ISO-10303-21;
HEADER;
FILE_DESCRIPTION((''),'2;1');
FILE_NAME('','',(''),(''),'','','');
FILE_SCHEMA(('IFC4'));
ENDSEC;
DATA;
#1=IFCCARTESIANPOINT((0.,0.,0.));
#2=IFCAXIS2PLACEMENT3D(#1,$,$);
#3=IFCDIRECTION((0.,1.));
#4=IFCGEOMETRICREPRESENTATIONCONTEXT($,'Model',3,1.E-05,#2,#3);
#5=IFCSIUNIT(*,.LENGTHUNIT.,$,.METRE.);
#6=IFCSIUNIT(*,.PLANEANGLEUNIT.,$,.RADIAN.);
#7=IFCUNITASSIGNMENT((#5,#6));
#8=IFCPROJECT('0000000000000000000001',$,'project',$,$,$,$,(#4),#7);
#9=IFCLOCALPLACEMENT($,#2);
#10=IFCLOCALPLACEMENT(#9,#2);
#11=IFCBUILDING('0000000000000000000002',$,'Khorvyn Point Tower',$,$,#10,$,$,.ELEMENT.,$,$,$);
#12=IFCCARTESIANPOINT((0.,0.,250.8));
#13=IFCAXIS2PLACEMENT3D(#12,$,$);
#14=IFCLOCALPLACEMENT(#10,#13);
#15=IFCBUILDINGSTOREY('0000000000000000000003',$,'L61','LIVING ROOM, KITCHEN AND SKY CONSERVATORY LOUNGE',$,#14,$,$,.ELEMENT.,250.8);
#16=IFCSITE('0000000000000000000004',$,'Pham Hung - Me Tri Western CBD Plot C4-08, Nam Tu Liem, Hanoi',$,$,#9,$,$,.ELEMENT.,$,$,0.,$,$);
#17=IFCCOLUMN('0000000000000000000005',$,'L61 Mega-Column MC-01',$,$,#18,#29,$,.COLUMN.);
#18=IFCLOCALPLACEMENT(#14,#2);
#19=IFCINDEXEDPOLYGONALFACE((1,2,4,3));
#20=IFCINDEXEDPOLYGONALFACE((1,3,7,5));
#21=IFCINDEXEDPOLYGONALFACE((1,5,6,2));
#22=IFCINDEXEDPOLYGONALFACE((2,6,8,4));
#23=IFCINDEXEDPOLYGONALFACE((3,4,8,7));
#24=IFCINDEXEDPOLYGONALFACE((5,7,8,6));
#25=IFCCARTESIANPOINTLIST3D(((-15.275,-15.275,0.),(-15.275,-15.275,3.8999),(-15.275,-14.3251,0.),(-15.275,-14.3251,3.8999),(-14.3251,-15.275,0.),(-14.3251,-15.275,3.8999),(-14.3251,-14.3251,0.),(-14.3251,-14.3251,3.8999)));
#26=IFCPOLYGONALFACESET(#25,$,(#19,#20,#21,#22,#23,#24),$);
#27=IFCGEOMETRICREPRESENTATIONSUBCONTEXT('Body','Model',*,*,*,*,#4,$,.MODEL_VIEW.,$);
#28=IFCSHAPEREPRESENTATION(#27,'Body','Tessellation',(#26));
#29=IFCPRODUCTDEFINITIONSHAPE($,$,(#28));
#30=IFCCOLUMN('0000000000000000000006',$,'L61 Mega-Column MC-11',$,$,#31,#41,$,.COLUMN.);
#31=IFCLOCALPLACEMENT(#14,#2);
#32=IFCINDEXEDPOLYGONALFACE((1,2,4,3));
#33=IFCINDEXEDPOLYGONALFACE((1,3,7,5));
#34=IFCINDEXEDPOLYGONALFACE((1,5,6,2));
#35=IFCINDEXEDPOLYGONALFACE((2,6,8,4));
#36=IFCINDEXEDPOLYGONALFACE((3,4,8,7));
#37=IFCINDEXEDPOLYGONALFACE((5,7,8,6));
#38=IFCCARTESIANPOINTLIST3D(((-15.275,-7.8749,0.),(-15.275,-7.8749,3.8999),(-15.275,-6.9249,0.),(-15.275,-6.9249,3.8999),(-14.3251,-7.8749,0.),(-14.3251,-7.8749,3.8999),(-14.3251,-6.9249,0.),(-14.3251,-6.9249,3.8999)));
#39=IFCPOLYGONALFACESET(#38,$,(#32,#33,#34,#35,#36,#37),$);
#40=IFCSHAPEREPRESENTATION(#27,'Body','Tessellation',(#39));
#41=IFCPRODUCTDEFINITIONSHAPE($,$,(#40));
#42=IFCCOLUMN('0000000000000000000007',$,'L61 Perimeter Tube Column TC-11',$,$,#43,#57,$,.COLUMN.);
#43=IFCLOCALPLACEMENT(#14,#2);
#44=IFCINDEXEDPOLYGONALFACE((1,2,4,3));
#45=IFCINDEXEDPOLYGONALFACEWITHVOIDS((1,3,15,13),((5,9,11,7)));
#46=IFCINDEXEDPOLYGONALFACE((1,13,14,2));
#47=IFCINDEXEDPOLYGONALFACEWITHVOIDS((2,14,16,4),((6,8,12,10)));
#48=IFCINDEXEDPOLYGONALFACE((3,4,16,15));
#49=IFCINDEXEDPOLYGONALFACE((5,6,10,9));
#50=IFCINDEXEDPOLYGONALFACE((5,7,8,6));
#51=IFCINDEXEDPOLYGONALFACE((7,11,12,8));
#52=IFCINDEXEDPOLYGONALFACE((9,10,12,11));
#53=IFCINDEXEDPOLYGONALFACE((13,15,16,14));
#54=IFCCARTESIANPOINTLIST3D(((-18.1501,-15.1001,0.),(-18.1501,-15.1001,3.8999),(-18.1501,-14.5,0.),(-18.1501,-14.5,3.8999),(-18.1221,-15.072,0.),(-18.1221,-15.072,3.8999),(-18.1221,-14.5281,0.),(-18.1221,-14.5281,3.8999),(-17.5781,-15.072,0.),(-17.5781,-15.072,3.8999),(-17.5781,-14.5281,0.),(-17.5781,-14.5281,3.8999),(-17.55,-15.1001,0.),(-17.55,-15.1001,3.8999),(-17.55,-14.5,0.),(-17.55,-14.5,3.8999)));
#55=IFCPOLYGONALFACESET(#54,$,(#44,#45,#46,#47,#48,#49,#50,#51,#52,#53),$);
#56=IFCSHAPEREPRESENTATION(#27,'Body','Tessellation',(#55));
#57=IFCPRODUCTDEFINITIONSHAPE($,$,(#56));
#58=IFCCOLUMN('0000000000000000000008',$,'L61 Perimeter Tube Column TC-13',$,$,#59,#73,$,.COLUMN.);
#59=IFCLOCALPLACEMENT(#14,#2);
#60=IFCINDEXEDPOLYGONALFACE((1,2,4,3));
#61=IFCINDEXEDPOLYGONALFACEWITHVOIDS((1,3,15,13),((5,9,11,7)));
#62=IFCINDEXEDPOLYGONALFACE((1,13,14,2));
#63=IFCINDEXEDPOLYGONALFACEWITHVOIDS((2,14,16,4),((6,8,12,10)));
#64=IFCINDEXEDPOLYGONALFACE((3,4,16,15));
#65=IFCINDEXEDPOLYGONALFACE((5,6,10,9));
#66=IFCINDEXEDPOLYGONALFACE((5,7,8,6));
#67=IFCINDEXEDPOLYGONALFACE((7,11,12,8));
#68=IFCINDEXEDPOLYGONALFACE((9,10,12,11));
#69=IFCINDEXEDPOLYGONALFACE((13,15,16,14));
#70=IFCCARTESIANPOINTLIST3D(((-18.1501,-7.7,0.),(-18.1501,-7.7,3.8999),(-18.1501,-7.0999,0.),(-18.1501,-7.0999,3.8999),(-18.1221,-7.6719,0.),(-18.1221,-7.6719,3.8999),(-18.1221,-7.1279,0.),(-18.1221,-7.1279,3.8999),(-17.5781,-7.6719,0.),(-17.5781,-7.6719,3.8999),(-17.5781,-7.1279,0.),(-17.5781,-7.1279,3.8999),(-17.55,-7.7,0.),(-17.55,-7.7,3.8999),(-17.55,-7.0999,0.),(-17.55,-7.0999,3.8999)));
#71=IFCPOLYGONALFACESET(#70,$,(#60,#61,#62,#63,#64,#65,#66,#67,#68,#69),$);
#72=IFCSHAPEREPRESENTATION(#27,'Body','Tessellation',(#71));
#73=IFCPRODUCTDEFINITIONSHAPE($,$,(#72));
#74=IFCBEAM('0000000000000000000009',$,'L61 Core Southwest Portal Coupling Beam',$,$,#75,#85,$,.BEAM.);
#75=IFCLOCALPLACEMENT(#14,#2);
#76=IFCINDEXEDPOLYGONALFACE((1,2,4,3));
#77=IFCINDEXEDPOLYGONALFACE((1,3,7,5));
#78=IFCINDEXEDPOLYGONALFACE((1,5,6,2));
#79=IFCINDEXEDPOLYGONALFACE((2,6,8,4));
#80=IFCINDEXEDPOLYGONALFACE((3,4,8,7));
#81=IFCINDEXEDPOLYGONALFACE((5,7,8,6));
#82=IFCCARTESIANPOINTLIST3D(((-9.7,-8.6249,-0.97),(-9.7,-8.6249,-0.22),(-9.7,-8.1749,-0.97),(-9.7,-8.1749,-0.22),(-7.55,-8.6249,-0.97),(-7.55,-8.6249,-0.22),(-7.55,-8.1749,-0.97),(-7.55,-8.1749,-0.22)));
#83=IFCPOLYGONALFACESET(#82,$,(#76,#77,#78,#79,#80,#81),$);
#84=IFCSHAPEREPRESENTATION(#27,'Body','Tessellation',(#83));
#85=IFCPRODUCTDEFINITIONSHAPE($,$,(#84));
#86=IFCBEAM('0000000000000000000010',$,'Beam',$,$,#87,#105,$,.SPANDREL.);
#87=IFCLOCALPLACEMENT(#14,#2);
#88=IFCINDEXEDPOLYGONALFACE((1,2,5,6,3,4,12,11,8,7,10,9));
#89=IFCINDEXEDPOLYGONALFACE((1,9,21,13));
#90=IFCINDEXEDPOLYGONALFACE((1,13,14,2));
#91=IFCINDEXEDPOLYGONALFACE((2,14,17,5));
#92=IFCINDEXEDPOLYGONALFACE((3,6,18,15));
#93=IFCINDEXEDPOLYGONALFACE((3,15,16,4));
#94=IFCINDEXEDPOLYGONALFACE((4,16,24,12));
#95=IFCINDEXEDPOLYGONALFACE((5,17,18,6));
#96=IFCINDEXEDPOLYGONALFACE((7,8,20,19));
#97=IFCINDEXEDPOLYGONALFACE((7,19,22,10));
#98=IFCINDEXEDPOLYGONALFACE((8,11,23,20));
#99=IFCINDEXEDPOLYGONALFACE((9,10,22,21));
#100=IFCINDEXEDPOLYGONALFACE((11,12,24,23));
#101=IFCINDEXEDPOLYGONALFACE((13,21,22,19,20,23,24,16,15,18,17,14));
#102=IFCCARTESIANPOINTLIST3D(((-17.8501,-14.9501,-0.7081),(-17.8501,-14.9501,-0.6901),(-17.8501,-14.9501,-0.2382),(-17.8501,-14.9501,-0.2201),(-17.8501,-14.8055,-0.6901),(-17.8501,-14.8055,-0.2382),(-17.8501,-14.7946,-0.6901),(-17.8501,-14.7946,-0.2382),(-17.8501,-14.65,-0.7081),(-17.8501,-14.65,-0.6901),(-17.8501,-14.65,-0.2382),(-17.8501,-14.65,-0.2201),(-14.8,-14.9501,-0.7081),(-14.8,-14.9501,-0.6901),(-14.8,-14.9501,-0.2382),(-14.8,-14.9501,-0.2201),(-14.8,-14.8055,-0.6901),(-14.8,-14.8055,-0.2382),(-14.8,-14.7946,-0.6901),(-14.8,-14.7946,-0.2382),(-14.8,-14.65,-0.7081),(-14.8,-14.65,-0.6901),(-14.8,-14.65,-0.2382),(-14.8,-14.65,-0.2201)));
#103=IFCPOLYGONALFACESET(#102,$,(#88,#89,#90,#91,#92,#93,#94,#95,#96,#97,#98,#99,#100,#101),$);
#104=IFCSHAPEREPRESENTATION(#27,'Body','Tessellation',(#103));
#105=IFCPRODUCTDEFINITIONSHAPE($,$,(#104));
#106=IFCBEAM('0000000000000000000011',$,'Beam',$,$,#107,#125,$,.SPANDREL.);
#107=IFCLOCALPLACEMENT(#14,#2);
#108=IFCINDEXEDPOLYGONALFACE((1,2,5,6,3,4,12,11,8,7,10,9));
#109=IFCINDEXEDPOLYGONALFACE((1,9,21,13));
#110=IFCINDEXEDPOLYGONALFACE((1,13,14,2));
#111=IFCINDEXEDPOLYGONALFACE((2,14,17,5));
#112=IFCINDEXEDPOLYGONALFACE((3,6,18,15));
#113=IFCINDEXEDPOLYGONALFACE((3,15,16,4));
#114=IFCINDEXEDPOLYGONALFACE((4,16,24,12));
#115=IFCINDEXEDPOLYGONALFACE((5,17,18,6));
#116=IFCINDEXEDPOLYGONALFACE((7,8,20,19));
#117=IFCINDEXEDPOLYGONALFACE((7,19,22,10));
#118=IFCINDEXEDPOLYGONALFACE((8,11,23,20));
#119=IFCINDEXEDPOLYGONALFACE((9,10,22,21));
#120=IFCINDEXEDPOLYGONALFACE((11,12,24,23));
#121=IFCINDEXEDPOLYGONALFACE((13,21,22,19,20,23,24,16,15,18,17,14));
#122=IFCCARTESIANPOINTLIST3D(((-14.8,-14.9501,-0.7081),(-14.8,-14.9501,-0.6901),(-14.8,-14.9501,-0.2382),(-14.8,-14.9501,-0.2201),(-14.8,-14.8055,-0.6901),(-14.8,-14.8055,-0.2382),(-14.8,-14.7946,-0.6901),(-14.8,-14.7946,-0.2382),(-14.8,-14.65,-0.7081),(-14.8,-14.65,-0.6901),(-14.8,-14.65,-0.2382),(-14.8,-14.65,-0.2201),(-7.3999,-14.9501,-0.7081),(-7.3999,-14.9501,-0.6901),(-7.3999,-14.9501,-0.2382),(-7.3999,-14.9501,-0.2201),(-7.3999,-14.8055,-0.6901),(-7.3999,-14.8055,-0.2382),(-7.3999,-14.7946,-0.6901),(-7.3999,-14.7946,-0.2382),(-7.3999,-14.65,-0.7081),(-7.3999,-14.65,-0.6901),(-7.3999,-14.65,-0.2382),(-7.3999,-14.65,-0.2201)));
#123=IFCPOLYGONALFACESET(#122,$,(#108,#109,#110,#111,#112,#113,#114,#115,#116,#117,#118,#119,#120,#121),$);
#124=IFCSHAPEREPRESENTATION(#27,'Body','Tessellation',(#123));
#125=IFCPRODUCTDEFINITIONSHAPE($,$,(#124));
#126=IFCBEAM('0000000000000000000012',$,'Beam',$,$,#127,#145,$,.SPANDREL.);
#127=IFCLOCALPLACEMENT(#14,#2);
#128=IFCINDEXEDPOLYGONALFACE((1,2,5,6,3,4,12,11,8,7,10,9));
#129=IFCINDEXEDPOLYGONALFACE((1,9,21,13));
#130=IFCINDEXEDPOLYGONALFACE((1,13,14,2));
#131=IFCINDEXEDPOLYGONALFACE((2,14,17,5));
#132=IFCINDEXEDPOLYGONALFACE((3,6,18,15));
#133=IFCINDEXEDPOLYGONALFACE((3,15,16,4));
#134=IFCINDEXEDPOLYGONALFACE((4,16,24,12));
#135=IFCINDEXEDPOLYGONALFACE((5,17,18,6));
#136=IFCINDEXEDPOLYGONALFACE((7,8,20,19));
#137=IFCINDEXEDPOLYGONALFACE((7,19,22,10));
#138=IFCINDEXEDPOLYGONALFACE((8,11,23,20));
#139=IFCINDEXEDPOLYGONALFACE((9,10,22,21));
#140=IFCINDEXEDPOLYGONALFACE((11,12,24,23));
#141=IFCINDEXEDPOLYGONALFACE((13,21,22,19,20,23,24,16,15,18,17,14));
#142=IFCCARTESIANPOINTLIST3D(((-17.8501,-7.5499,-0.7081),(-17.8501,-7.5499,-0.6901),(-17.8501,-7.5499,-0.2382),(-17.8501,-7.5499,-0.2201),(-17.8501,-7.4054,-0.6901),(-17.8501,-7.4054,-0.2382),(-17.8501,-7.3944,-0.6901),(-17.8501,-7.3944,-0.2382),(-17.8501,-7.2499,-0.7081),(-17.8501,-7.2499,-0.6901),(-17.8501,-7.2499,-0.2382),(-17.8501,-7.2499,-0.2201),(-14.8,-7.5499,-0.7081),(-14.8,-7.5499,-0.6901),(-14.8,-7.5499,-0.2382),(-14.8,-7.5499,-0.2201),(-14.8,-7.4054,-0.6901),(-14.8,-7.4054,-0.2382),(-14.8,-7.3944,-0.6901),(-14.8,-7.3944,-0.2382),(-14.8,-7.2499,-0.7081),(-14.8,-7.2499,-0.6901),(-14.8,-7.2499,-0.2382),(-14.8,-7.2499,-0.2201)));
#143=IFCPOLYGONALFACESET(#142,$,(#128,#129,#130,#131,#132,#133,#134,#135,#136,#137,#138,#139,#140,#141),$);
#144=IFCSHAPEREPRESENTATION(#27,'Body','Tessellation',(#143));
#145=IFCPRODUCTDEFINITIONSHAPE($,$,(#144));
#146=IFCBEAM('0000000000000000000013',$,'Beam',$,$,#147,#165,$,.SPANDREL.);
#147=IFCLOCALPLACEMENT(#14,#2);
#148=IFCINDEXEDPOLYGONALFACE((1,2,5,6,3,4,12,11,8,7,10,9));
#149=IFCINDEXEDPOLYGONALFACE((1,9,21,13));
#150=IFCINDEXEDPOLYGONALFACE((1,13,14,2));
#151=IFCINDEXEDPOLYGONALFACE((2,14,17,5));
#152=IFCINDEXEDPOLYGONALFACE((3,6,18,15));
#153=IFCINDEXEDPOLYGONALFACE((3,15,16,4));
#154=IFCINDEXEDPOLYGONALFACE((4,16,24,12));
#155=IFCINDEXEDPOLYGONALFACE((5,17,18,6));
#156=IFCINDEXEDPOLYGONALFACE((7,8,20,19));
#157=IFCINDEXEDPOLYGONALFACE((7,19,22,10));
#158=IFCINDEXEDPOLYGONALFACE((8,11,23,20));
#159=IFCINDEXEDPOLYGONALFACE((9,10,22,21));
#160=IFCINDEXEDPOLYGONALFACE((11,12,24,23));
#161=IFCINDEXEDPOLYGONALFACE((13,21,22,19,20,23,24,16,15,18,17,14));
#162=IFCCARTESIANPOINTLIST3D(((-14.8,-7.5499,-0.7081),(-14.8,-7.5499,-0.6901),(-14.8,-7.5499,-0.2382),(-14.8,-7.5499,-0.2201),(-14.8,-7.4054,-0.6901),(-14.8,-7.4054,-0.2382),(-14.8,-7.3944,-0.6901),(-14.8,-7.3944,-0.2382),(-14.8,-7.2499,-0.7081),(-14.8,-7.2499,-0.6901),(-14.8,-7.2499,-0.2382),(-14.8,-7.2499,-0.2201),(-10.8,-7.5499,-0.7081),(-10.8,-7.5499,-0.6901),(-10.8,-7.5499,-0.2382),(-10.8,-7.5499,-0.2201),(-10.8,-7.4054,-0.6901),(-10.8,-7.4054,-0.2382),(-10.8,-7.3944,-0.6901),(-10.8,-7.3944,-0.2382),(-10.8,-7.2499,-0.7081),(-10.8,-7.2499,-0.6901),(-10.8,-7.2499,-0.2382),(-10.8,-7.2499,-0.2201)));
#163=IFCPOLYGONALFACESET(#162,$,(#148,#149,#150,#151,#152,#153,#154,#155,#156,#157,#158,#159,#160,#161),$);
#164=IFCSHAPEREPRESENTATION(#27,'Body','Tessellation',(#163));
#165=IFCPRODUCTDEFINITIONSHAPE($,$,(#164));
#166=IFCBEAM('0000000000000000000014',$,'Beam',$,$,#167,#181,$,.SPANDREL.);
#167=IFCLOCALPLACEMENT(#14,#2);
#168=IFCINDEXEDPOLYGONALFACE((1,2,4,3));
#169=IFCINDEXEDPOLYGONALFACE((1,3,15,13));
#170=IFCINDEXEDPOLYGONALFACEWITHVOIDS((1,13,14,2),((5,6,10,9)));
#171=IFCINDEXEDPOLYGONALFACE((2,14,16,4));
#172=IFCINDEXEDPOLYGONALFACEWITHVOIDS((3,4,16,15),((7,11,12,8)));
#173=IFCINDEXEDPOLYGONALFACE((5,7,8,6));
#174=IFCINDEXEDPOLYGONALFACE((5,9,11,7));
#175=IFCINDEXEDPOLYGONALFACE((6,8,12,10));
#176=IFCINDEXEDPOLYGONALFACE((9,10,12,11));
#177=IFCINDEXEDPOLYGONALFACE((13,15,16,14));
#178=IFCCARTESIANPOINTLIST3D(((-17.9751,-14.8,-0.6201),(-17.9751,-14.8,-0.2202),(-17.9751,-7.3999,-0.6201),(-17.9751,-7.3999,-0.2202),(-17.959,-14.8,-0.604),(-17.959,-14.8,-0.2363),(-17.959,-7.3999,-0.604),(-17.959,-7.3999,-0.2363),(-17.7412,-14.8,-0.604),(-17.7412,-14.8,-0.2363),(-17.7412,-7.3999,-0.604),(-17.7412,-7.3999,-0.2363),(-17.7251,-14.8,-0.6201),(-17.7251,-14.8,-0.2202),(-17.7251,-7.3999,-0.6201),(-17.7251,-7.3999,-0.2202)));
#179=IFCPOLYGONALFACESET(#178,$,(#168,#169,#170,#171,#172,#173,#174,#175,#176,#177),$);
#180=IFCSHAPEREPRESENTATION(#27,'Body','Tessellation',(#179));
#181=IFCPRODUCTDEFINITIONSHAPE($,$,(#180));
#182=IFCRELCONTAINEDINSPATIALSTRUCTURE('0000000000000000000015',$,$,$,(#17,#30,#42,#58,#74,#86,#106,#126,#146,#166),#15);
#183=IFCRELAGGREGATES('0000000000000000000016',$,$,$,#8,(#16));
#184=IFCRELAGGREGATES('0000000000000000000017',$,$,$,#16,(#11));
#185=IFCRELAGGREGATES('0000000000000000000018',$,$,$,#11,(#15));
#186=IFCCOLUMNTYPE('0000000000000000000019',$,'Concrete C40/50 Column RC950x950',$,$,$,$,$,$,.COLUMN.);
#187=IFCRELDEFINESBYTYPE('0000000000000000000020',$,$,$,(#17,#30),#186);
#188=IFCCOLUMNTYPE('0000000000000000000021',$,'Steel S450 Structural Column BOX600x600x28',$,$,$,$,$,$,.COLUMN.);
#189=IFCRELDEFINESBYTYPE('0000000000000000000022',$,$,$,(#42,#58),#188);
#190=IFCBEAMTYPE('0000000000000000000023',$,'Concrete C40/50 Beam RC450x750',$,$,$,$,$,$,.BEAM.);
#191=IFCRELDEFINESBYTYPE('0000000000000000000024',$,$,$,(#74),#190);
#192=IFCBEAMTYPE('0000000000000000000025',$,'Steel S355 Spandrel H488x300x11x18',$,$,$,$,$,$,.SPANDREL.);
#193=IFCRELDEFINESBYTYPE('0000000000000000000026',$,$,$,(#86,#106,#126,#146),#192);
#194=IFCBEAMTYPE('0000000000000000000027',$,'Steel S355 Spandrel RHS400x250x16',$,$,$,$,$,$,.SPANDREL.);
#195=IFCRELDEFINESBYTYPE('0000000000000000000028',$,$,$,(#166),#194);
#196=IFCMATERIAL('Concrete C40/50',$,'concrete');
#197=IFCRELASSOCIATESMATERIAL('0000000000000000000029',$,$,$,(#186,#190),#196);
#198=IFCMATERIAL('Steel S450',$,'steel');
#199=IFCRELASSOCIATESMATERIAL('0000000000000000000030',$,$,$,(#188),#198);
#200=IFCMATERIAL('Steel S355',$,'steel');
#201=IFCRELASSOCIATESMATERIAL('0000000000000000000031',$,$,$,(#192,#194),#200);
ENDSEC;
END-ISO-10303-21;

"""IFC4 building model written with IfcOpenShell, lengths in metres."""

from ifc_helpers import new_model, si_unit, direction, frame, origin, origin_2d, place, context, subcontext, project, spatial, rectangle, hollow_rectangle, i_section, extrude, material, material_profile, profile_set, type_object, element, save


model = new_model("IFC4")

# Units and contexts
model_context = context("Model", 3, precision=1e-05, world=origin(), true_north=direction((0.0, 1.0)))
body_context = subcontext(model_context, "Body", "Model", "MODEL_VIEW")
ifc_project = project(units=[si_unit("LENGTHUNIT", "METRE"), si_unit("PLANEANGLEUNIT", "RADIAN")], contexts=[model_context])

# Site, building, storey
site_placement = place(None, origin())
site = spatial("IfcSite", under=ifc_project, at=site_placement, Name="Pham Hung - Me Tri Western CBD Plot C4-08, Nam Tu Liem, Hanoi", CompositionType="ELEMENT", RefElevation=0.0)
building_placement = place(site_placement, origin())
building = spatial("IfcBuilding", under=site, at=building_placement, Name="Khorvyn Point Tower", CompositionType="ELEMENT")
storey_placement = place(building_placement, frame((0.0, 0.0, 250.8)))
storey = spatial("IfcBuildingStorey", under=building, at=storey_placement, Name="L61", Description="LIVING ROOM, KITCHEN AND SKY CONSERVATORY LOUNGE", CompositionType="ELEMENT", Elevation=250.8)

# Columns
ifc_material_1 = material(Name="Concrete C40/50", Category="concrete")
ifc_material_profile_1 = material_profile(ifc_material_1, rectangle(XDim=0.95, YDim=0.95, at=origin_2d()))
ifc_profile_set_1 = profile_set([ifc_material_profile_1], Name="Concrete C40/50 RC950x950")
column_type_1 = type_object("IfcColumnType", Name="Concrete C40/50 Column RC950x950", PredefinedType="COLUMN", material=ifc_profile_set_1)
for number, where, z_axis, x_axis, name in (
    (1, (-14.8, -14.8, 0.0), (0.0, 0.0, 1.0), (1.0, 0.0, 0.0), "L61 Mega-Column MC-01"),
    (2, (-14.8, -7.3999, 0.0), (0.0, 0.0, 1.0), (1.0, 0.0, 0.0), "L61 Mega-Column MC-11"),
):
    element("IfcColumn", number, at=place(storey_placement, frame(where, z_axis=z_axis, x_axis=x_axis)), inside=storey, type_object=column_type_1, Name=name, PredefinedType="COLUMN", context=body_context, shape_type="SweptSolid", body=[
        extrude(rectangle(XDim=0.95, YDim=0.95, at=origin_2d()), origin(), (0.0, 0.0, 1.0), 3.8999),
    ])
ifc_material_2 = material(Name="Steel S450", Category="steel")
ifc_material_profile_2 = material_profile(ifc_material_2, hollow_rectangle(XDim=0.6001, YDim=0.6001, WallThickness=0.0281, at=origin_2d()))
ifc_profile_set_2 = profile_set([ifc_material_profile_2], Name="Steel S450 BOX600x600x28")
column_type_2 = type_object("IfcColumnType", Name="Steel S450 Structural Column BOX600x600x28", PredefinedType="COLUMN", material=ifc_profile_set_2)
for number, where, z_axis, x_axis, name in (
    (3, (-17.8501, -14.8, 0.0), (0.0, 0.0, 1.0), (1.0, 0.0, 0.0), "L61 Perimeter Tube Column TC-11"),
    (4, (-17.8501, -7.3999, 0.0), (0.0, 0.0, 1.0), (1.0, 0.0, 0.0), "L61 Perimeter Tube Column TC-13"),
):
    element("IfcColumn", number, at=place(storey_placement, frame(where, z_axis=z_axis, x_axis=x_axis)), inside=storey, type_object=column_type_2, Name=name, PredefinedType="COLUMN", context=body_context, shape_type="SweptSolid", body=[
        extrude(hollow_rectangle(XDim=0.6001, YDim=0.6001, WallThickness=0.0281, at=origin_2d()), origin(), (0.0, 0.0, 1.0), 3.8999),
    ])

# Beams
ifc_material_profile_3 = material_profile(ifc_material_1, rectangle(XDim=0.45, YDim=0.75, at=origin_2d()))
ifc_profile_set_3 = profile_set([ifc_material_profile_3], Name="Concrete C40/50 RC450x750")
beam_type_1 = type_object("IfcBeamType", Name="Concrete C40/50 Beam RC450x750", PredefinedType="BEAM", material=ifc_profile_set_3)
beam_1_placement = place(storey_placement, frame((-9.7, -8.3999, -0.595), z_axis=(1.0, 0.0, 0.0), x_axis=(0.0, 1.0, 0.0)))
element("IfcBeam", 5, at=beam_1_placement, inside=storey, type_object=beam_type_1, Name="L61 Core Southwest Portal Coupling Beam", PredefinedType="BEAM", context=body_context, shape_type="SweptSolid", body=[
    extrude(rectangle(XDim=0.45, YDim=0.75, at=origin_2d()), origin(), (0.0, 0.0, 1.0), 2.1499),
])
ifc_material_3 = material(Name="Steel S355", Category="steel")
ifc_material_profile_4 = material_profile(ifc_material_3, i_section(OverallWidth=0.3, OverallDepth=0.488, WebThickness=0.011, FlangeThickness=0.0181, at=origin_2d()))
ifc_profile_set_4 = profile_set([ifc_material_profile_4], Name="Steel S355 H488x300x11x18")
beam_type_2 = type_object("IfcBeamType", Name="Steel S355 Spandrel H488x300x11x18", PredefinedType="SPANDREL", material=ifc_profile_set_4)
beam_2_placement = place(storey_placement, frame((-17.8501, -14.8, -0.4641), z_axis=(1.0, 0.0, 0.0), x_axis=(0.0, 1.0, 0.0)))
element("IfcBeam", 6, at=beam_2_placement, inside=storey, type_object=beam_type_2, Name="Beam", PredefinedType="SPANDREL", context=body_context, shape_type="SweptSolid", body=[
    extrude(i_section(OverallWidth=0.3, OverallDepth=0.488, WebThickness=0.011, FlangeThickness=0.0181, at=origin_2d()), origin(), (0.0, 0.0, 1.0), 3.05),
])
beam_3_placement = place(storey_placement, frame((-14.8, -14.8, -0.4641), z_axis=(1.0, 0.0, 0.0), x_axis=(0.0, 1.0, 0.0)))
element("IfcBeam", 7, at=beam_3_placement, inside=storey, type_object=beam_type_2, Name="Beam", PredefinedType="SPANDREL", context=body_context, shape_type="SweptSolid", body=[
    extrude(i_section(OverallWidth=0.3, OverallDepth=0.488, WebThickness=0.011, FlangeThickness=0.0181, at=origin_2d()), origin(), (0.0, 0.0, 1.0), 7.4001),
])
beam_4_placement = place(storey_placement, frame((-17.8501, -7.3999, -0.4641), z_axis=(1.0, 0.0, 0.0), x_axis=(0.0, 1.0, 0.0)))
element("IfcBeam", 8, at=beam_4_placement, inside=storey, type_object=beam_type_2, Name="Beam", PredefinedType="SPANDREL", context=body_context, shape_type="SweptSolid", body=[
    extrude(i_section(OverallWidth=0.3, OverallDepth=0.488, WebThickness=0.011, FlangeThickness=0.0181, at=origin_2d()), origin(), (0.0, 0.0, 1.0), 3.05),
])
beam_5_placement = place(storey_placement, frame((-14.8, -7.3999, -0.4641), z_axis=(1.0, 0.0, 0.0), x_axis=(0.0, 1.0, 0.0)))
element("IfcBeam", 9, at=beam_5_placement, inside=storey, type_object=beam_type_2, Name="Beam", PredefinedType="SPANDREL", context=body_context, shape_type="SweptSolid", body=[
    extrude(i_section(OverallWidth=0.3, OverallDepth=0.488, WebThickness=0.011, FlangeThickness=0.0181, at=origin_2d()), origin(), (0.0, 0.0, 1.0), 4.0),
])
ifc_material_profile_5 = material_profile(ifc_material_3, hollow_rectangle(XDim=0.25, YDim=0.3999, WallThickness=0.0161, at=origin_2d()))
ifc_profile_set_5 = profile_set([ifc_material_profile_5], Name="Steel S355 RHS400x250x16")
beam_type_3 = type_object("IfcBeamType", Name="Steel S355 Spandrel RHS400x250x16", PredefinedType="SPANDREL", material=ifc_profile_set_5)
beam_6_placement = place(storey_placement, frame((-17.8501, -14.8, -0.4202), z_axis=(0.0, 1.0, 0.0), x_axis=(-1.0, 0.0, 0.0)))
element("IfcBeam", 10, at=beam_6_placement, inside=storey, type_object=beam_type_3, Name="Beam", PredefinedType="SPANDREL", context=body_context, shape_type="SweptSolid", body=[
    extrude(hollow_rectangle(XDim=0.25, YDim=0.3999, WallThickness=0.0161, at=origin_2d()), origin(), (0.0, 0.0, 1.0), 7.4001),
])

save(model, "model.ifc")
